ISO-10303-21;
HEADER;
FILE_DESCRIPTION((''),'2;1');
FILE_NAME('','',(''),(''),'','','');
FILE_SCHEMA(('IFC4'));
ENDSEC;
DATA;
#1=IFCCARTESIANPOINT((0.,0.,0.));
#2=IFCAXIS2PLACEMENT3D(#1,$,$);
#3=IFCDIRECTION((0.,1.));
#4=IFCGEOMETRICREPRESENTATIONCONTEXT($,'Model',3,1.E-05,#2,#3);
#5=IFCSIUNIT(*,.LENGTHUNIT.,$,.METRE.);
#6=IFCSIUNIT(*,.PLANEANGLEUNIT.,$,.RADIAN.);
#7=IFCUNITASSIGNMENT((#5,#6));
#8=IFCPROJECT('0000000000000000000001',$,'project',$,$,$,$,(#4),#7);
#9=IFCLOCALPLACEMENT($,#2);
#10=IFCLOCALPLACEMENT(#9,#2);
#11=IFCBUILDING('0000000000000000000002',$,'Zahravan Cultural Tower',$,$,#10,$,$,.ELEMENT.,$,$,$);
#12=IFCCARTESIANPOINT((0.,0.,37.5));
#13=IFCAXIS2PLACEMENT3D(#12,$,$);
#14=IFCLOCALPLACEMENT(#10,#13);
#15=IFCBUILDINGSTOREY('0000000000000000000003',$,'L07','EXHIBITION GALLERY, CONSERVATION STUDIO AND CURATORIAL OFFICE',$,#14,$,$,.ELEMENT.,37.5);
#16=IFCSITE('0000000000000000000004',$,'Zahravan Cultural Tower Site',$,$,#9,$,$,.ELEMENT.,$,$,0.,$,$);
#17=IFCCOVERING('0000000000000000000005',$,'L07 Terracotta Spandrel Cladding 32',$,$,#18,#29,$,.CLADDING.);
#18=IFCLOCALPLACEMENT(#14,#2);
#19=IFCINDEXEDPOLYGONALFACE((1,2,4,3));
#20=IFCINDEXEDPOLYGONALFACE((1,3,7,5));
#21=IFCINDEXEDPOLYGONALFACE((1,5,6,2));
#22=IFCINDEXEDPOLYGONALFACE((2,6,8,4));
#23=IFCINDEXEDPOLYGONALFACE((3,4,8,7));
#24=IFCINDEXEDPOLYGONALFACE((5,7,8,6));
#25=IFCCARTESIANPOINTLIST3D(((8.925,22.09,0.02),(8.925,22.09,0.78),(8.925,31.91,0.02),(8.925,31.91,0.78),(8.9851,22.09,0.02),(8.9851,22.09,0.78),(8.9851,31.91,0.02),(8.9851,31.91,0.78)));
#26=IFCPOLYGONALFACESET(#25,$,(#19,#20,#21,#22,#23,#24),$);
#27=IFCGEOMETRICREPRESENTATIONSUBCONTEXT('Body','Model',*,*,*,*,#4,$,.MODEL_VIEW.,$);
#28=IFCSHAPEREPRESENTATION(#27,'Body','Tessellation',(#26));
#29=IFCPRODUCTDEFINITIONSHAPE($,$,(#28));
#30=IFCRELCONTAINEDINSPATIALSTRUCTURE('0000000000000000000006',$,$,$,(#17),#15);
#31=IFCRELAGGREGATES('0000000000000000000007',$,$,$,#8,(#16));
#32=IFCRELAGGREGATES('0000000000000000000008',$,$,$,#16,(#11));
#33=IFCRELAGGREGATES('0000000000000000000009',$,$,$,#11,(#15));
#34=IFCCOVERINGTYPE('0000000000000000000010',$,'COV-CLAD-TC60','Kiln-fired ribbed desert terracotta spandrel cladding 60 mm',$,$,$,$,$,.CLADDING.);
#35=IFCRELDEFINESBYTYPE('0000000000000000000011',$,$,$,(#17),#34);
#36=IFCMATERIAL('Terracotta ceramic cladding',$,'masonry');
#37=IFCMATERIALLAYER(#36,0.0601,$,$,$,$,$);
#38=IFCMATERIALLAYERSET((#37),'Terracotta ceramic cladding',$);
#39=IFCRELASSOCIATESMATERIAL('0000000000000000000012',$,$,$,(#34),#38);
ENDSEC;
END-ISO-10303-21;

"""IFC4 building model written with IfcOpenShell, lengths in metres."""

from ifc_helpers import new_model, si_unit, direction, frame, origin, origin_2d, place, context, subcontext, project, spatial, rectangle, extrude, source, transform, mapped, material, layer, layer_set, type_object, element, save


model = new_model("IFC4")

# Units and contexts
model_context = context("Model", 3, precision=1e-05, world=origin(), true_north=direction((0.0, 1.0)))
body_context = subcontext(model_context, "Body", "Model", "MODEL_VIEW")
ifc_project = project(units=[si_unit("LENGTHUNIT", "METRE"), si_unit("PLANEANGLEUNIT", "RADIAN")], contexts=[model_context])

# Site, building, storey
site_placement = place(None, origin())
site = spatial("IfcSite", under=ifc_project, at=site_placement, Name="Zahravan Cultural Tower Site", CompositionType="ELEMENT", RefElevation=0.0)
building_placement = place(site_placement, origin())
building = spatial("IfcBuilding", under=site, at=building_placement, Name="Zahravan Cultural Tower", CompositionType="ELEMENT")
storey_placement = place(building_placement, frame((0.0, 0.0, 37.5)))
storey = spatial("IfcBuildingStorey", under=building, at=storey_placement, Name="L07", Description="EXHIBITION GALLERY, CONSERVATION STUDIO AND CURATORIAL OFFICE", CompositionType="ELEMENT", Elevation=37.5)

# Covering
ifc_material_1 = material(Name="Terracotta ceramic cladding", Category="masonry")
ifc_layer_1 = layer(ifc_material_1, 0.0601)
ifc_layer_set_1 = layer_set([ifc_layer_1], Name="Terracotta ceramic cladding")
covering_type = type_object("IfcCoveringType", Name="COV-CLAD-TC60", Description="Kiln-fired ribbed desert terracotta spandrel cladding 60 mm", PredefinedType="CLADDING", material=ifc_layer_set_1)
shared_shape_1 = source(origin(), body_context, "Body", "SweptSolid", [
    extrude(rectangle(XDim=9.8201, YDim=0.0601, at=origin_2d()), origin(), (0.0, 0.0, 1.0), 0.76),
])
covering_placement = place(storey_placement, frame((8.9551, 27.0, 0.02), z_axis=(0.0, 0.0, 1.0), x_axis=(0.0, 1.0, 0.0)))
element("IfcCovering", 1, at=covering_placement, inside=storey, type_object=covering_type, Name="L07 Terracotta Spandrel Cladding 32", PredefinedType="CLADDING", context=body_context, shape_type="MappedRepresentation", body=[
    mapped(shared_shape_1, transform((0.0, 0.0, 0.0), x_axis=(1.0, 0.0, 0.0), y_axis=(0.0, 1.0, 0.0), z_axis=(0.0, 0.0, 1.0), scale=1.0)),
])

save(model, "model.ifc")
